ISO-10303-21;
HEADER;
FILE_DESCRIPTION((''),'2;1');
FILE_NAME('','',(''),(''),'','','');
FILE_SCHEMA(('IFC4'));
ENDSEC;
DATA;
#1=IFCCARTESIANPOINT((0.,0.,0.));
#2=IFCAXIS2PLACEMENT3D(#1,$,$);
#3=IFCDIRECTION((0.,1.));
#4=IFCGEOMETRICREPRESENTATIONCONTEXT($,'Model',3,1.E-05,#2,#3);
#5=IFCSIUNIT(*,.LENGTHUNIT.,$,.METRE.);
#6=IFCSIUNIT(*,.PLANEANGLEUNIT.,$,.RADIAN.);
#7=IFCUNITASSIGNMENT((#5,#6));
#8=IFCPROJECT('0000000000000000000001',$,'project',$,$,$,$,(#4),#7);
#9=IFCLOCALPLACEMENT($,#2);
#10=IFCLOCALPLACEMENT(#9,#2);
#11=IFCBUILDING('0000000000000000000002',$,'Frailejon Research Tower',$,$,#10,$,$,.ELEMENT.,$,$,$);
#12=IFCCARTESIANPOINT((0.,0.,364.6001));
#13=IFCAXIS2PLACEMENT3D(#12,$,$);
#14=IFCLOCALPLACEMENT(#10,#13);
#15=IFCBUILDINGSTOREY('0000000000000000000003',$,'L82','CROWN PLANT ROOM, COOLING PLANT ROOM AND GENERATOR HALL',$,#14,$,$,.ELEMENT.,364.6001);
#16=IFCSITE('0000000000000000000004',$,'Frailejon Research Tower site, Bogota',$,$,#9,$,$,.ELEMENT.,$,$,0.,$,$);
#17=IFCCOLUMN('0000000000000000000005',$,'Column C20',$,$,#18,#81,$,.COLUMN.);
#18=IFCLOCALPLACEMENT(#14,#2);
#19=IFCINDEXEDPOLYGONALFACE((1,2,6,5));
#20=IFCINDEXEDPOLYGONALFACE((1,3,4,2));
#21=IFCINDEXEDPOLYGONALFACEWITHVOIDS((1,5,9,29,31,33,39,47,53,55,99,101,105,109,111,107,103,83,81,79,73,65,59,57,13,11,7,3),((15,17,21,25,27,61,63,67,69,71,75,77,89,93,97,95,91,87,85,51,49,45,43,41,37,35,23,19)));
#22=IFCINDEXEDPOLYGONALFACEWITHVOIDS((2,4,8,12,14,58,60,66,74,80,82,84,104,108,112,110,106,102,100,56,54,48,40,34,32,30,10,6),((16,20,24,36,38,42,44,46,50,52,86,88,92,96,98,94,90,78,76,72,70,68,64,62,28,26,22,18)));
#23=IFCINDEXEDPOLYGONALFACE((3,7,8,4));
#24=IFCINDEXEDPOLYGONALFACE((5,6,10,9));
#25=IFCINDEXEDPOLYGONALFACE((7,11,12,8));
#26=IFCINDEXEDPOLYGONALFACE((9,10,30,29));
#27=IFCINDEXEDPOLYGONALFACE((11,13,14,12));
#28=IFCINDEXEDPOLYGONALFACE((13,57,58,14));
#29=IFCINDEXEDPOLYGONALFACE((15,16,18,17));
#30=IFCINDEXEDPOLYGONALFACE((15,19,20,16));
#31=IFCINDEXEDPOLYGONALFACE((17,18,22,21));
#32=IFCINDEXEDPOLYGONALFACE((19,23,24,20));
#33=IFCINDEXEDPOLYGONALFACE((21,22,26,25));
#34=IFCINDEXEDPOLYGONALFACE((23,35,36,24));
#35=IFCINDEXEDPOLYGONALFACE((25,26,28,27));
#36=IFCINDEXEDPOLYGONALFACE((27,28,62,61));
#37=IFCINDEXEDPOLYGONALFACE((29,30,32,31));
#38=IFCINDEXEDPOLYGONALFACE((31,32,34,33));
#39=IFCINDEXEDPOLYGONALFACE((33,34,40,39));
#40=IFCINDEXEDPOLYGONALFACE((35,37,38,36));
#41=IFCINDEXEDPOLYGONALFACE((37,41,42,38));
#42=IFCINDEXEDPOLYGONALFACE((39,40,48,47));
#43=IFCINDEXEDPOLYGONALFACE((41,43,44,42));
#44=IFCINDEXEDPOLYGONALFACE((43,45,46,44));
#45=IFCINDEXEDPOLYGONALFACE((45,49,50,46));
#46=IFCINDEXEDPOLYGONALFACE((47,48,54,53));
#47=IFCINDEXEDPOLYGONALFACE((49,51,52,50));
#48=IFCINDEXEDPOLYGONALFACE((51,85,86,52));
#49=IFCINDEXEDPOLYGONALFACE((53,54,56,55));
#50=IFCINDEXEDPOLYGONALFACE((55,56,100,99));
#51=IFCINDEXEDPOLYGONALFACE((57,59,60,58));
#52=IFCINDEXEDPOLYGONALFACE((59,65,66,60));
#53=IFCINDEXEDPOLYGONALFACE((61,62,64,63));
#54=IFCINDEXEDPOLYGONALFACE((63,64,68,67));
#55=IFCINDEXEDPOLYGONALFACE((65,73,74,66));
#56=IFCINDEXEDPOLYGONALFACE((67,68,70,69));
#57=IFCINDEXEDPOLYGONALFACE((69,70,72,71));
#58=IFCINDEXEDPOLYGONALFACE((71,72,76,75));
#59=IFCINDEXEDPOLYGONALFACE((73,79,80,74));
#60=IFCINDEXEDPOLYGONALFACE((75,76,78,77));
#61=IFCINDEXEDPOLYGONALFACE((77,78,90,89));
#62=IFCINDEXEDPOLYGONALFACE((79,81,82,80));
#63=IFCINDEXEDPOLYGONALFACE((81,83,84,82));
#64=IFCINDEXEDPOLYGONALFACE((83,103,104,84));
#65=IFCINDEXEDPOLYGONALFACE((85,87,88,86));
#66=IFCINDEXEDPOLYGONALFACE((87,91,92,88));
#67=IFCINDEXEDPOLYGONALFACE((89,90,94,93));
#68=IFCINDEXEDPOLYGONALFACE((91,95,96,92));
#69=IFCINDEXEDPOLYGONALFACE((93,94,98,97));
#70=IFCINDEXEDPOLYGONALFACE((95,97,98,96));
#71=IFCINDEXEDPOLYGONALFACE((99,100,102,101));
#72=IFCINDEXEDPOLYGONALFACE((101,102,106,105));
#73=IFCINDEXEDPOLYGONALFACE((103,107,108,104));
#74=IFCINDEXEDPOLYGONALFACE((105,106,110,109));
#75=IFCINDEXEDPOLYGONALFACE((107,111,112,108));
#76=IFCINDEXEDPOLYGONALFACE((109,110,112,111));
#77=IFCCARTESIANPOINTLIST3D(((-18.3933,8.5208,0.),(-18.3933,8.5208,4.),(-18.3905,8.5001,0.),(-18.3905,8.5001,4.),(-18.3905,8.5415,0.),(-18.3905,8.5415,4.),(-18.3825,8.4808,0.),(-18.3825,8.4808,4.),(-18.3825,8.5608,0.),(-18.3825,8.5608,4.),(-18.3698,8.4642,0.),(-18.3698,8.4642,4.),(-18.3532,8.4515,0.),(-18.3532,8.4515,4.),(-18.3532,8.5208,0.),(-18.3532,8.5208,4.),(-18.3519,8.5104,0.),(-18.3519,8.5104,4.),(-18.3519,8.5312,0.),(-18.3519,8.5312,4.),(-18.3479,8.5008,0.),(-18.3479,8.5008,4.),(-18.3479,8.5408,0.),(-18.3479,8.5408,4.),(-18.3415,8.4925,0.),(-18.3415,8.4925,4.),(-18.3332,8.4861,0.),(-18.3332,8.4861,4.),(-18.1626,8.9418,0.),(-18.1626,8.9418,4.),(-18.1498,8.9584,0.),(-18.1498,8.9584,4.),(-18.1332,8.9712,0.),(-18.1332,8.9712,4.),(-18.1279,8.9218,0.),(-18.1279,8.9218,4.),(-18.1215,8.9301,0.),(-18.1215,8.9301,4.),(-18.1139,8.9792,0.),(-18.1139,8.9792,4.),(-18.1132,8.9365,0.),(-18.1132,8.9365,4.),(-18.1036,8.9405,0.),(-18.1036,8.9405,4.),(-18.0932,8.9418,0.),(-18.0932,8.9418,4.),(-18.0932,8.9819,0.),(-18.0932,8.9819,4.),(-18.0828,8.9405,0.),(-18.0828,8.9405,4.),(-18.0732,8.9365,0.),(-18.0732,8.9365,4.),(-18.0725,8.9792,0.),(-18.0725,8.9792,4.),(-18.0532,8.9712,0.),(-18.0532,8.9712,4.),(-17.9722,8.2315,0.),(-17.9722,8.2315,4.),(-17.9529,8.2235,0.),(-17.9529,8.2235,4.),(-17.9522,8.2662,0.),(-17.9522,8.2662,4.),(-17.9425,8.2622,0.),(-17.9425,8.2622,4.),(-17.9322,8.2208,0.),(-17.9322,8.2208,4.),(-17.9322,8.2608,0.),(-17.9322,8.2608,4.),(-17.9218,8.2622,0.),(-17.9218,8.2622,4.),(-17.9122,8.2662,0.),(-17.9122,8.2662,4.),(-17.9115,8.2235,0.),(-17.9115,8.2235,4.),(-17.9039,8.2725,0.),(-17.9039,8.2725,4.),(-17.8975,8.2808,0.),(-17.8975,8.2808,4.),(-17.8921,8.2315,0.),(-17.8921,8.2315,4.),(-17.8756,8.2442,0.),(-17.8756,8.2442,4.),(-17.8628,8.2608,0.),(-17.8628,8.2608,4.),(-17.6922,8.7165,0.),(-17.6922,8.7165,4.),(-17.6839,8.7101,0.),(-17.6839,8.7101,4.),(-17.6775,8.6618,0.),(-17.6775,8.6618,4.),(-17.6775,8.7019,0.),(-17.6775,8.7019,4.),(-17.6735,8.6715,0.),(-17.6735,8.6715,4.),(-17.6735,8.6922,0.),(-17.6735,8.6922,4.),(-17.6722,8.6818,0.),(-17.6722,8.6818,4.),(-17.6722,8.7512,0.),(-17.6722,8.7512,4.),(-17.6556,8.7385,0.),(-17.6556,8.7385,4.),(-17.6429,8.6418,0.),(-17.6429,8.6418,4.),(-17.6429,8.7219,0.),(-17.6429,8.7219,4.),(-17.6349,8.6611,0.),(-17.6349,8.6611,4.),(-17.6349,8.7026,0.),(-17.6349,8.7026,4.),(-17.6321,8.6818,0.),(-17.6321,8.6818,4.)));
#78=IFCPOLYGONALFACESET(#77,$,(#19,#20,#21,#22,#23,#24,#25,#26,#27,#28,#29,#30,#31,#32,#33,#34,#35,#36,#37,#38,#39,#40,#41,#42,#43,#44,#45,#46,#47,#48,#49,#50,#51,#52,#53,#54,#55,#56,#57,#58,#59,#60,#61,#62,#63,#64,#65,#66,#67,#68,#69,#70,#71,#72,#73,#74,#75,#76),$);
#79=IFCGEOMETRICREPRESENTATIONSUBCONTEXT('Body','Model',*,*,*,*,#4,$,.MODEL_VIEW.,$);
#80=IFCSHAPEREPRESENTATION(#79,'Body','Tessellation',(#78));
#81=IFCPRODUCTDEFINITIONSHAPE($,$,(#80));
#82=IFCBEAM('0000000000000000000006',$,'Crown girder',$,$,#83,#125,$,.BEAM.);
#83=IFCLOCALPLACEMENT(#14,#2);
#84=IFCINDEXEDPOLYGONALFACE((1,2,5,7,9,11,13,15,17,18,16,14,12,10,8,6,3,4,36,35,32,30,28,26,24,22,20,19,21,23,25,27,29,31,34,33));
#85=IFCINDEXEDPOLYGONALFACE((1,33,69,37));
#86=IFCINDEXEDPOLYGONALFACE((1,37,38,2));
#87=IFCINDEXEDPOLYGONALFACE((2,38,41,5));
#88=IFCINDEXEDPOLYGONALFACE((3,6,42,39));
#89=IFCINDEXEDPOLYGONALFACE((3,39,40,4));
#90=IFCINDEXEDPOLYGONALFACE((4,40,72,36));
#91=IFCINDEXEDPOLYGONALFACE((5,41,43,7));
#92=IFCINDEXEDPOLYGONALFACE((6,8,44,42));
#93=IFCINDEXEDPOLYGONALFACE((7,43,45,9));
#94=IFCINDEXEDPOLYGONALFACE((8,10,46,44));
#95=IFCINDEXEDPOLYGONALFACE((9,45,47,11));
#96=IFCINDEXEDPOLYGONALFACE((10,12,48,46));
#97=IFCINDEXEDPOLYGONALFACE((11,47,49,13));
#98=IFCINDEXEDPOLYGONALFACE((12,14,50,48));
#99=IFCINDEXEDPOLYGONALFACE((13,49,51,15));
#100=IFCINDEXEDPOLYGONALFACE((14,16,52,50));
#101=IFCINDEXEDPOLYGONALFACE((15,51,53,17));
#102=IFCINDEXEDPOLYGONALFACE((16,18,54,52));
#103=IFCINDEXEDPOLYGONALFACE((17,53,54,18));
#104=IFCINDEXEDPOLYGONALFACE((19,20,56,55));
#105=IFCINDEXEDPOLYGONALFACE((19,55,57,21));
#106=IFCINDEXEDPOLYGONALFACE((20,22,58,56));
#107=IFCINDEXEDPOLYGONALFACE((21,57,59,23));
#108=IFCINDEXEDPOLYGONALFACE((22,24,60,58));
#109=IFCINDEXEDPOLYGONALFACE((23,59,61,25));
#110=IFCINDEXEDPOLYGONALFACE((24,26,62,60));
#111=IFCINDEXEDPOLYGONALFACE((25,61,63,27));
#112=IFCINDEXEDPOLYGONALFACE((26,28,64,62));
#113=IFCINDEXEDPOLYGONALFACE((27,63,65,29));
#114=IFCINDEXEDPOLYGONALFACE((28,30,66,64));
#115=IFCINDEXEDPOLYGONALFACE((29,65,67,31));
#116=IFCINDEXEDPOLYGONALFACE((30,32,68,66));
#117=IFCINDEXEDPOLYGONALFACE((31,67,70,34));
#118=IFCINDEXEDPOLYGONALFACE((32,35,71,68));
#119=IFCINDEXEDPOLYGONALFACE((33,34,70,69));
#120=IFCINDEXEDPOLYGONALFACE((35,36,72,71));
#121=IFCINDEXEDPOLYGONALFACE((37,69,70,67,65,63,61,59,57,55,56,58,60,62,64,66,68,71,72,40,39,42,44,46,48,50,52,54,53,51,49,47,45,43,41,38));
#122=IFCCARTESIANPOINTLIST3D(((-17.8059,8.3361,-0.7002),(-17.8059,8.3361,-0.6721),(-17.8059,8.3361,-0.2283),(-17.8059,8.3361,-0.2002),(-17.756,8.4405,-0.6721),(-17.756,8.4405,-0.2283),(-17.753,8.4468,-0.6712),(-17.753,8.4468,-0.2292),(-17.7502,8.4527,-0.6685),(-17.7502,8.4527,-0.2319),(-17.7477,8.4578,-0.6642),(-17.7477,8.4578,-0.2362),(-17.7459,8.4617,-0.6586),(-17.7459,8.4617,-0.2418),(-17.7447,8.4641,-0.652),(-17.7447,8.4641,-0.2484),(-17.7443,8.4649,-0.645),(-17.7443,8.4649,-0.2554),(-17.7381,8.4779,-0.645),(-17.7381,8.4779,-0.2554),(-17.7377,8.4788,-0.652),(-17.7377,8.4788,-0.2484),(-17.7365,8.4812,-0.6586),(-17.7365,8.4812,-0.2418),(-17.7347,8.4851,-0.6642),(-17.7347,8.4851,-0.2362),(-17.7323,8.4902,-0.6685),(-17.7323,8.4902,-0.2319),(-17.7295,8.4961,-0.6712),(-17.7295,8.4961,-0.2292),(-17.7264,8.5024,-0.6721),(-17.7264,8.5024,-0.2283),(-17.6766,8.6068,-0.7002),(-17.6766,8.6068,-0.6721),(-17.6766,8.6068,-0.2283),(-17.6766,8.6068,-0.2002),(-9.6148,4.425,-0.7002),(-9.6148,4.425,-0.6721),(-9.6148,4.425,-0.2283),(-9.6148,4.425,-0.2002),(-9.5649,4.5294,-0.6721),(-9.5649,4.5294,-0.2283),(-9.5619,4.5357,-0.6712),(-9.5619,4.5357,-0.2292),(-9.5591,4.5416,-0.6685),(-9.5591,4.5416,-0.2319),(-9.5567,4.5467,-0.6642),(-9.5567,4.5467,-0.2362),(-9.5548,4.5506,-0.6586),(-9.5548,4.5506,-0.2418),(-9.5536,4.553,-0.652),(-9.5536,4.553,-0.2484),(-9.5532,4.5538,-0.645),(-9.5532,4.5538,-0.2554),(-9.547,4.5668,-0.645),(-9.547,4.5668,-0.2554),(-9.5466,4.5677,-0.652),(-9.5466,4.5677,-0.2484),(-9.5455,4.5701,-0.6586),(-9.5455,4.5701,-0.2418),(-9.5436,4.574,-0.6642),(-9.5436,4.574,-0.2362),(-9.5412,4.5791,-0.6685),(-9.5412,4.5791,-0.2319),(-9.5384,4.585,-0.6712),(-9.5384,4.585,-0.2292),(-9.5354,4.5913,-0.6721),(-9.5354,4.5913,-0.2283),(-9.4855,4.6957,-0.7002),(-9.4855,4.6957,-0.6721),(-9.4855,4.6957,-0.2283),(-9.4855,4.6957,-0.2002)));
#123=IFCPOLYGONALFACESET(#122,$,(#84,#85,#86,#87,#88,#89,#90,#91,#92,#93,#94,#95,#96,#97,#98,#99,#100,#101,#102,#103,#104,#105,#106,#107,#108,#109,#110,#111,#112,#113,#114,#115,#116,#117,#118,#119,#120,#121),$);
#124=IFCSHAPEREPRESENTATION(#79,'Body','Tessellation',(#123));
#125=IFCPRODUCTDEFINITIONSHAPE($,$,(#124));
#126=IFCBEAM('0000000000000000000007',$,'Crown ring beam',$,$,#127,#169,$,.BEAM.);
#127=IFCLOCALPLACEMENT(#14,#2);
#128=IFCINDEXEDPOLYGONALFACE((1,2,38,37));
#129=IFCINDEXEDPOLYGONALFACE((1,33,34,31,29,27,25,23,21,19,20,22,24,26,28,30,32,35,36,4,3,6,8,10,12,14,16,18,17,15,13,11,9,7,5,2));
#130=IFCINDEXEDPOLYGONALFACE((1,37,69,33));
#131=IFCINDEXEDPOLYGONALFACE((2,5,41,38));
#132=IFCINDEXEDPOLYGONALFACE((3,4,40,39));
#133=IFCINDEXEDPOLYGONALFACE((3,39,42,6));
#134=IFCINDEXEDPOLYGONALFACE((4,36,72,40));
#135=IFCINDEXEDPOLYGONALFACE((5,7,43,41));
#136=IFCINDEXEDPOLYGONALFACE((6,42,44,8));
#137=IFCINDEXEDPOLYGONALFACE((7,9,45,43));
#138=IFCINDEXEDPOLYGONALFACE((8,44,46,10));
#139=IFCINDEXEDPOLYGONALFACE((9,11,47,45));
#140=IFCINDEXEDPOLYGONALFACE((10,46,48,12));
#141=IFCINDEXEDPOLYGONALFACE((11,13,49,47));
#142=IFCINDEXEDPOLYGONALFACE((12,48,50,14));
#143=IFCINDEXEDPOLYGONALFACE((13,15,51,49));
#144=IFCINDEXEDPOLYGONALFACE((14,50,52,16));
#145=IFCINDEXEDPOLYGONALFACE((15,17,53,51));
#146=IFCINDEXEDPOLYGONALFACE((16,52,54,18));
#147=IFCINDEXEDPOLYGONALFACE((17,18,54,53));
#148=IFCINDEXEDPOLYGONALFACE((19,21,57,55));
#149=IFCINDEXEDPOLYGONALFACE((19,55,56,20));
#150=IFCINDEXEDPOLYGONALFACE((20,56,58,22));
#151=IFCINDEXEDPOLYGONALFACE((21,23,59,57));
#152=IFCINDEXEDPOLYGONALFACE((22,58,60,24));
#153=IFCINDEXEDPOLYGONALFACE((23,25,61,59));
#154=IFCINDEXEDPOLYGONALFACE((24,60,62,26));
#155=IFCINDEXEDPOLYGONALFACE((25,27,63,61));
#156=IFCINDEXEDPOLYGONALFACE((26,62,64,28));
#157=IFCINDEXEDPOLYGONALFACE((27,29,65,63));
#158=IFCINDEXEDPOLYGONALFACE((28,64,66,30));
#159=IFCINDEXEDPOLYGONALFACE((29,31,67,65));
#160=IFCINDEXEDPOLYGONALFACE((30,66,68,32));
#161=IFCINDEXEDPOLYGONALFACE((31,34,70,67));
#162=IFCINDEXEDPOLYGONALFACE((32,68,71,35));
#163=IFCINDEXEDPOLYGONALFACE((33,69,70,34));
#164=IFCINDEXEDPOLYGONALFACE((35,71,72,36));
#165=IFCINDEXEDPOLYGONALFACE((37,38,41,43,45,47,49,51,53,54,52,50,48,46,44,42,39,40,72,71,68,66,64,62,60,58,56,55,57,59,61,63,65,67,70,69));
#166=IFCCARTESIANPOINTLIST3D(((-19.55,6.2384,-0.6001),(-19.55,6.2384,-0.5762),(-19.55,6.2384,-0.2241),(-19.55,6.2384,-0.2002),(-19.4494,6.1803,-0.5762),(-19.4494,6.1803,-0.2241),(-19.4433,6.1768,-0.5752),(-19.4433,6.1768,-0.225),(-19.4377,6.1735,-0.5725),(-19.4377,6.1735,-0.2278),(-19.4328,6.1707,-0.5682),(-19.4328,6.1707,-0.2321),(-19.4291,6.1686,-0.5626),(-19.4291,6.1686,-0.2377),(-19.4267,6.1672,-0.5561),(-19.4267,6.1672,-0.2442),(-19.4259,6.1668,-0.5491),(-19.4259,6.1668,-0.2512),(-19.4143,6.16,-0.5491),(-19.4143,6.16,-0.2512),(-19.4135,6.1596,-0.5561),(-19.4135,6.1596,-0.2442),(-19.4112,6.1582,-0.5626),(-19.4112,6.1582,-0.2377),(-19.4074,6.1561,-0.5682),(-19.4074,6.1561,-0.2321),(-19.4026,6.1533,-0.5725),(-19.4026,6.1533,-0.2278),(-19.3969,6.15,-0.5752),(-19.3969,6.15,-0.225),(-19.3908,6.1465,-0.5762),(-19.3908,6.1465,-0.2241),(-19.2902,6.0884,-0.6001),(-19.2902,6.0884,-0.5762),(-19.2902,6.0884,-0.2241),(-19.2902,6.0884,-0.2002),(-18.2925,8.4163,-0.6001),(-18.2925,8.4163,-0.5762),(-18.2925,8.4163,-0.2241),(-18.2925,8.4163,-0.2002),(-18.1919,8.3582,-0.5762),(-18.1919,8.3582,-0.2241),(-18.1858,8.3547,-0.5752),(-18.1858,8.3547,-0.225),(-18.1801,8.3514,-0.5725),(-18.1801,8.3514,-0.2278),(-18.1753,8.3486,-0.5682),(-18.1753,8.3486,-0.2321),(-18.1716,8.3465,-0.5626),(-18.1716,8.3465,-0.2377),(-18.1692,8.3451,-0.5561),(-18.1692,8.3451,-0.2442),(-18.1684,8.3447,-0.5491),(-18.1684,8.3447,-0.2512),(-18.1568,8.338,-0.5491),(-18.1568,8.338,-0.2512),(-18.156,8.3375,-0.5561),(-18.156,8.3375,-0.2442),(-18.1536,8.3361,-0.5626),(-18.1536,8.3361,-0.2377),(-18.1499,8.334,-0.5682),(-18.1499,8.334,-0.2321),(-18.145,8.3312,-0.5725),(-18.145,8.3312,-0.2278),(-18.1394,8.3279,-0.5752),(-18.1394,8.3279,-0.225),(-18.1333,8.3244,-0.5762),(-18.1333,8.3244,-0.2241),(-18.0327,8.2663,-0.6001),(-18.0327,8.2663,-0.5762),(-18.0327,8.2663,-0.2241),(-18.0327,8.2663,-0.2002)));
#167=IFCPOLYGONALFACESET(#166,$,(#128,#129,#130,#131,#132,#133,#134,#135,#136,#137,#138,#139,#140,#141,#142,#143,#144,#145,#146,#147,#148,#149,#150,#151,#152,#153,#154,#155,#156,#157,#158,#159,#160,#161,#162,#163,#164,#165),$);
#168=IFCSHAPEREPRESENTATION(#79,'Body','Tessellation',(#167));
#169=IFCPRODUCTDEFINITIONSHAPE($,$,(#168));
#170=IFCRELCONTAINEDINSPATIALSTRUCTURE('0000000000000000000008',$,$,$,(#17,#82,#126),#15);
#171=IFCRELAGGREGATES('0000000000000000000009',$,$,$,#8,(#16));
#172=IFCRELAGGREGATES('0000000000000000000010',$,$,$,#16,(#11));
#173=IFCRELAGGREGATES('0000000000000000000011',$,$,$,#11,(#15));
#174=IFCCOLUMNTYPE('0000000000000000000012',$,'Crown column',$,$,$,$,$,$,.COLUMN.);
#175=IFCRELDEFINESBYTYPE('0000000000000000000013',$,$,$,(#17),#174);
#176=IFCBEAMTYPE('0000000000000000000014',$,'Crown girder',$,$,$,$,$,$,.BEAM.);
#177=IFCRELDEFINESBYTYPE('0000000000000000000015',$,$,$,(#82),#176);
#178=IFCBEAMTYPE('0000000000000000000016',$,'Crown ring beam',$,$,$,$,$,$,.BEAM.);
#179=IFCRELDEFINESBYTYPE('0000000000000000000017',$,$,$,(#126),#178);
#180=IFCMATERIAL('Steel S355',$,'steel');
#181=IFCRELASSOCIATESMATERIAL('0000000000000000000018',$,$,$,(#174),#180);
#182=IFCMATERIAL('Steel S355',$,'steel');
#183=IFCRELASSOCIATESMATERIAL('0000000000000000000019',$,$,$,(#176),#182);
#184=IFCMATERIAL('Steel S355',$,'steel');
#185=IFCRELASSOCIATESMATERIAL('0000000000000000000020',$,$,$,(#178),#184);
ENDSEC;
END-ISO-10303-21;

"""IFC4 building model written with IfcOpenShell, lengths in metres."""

from ifc_helpers import new_model, si_unit, direction, frame, origin, origin_2d, place, context, subcontext, project, spatial, hollow_rectangle, i_section, extrude, material, material_profile, profile_set, type_object, element, save


model = new_model("IFC4")

# Units and contexts
model_context = context("Model", 3, precision=1e-05, world=origin(), true_north=direction((0.0, 1.0)))
body_context = subcontext(model_context, "Body", "Model", "MODEL_VIEW")
ifc_project = project(units=[si_unit("LENGTHUNIT", "METRE"), si_unit("PLANEANGLEUNIT", "RADIAN")], contexts=[model_context])

# Site, building, storey
site_placement = place(None, origin())
site = spatial("IfcSite", under=ifc_project, at=site_placement, Name="Frailejon Research Tower site, Bogota", CompositionType="ELEMENT", RefElevation=0.0)
building_placement = place(site_placement, origin())
building = spatial("IfcBuilding", under=site, at=building_placement, Name="Frailejon Research Tower", CompositionType="ELEMENT")
storey_placement = place(building_placement, frame((0.0, 0.0, 364.6001)))
storey = spatial("IfcBuildingStorey", under=building, at=storey_placement, Name="L82", Description="CROWN PLANT ROOM, COOLING PLANT ROOM AND GENERATOR HALL", CompositionType="ELEMENT", Elevation=364.6001)

# Column
ifc_material_1 = material(Name="Steel S355", Category="steel")
ifc_material_profile_1 = material_profile(ifc_material_1, hollow_rectangle(XDim=0.6001, YDim=0.6001, WallThickness=0.04, InnerFilletRadius=0.04, OuterFilletRadius=0.0801, at=origin_2d()), Name="Crown column")
ifc_profile_set_1 = profile_set([ifc_material_profile_1], Name="Steel S355")
column_type = type_object("IfcColumnType", Name="Crown column", PredefinedType="COLUMN", material=ifc_profile_set_1)
column_placement = place(storey_placement, frame((-18.0127, 8.6013, 0.0), z_axis=(0.0, 0.0, 1.0), x_axis=(-0.5, -0.866025, 0.0)))
element("IfcColumn", 1, at=column_placement, inside=storey, type_object=column_type, Name="Column C20", PredefinedType="COLUMN", context=body_context, shape_type="SweptSolid", body=[
    extrude(hollow_rectangle(XDim=0.6001, YDim=0.6001, WallThickness=0.04, InnerFilletRadius=0.04, OuterFilletRadius=0.0801, at=origin_2d()), origin(), (0.0, 0.0, 1.0), 4.0),
])

# Beams
ifc_material_2 = material(Name="Steel S355", Category="steel")
ifc_material_profile_2 = material_profile(ifc_material_2, i_section(OverallWidth=0.3, OverallDepth=0.5, WebThickness=0.0144, FlangeThickness=0.0281, FilletRadius=0.0271, at=origin_2d()), Name="HE 500 B")
ifc_profile_set_2 = profile_set([ifc_material_profile_2], Name="Steel S355")
beam_type_1 = type_object("IfcBeamType", Name="Crown girder", PredefinedType="BEAM", material=ifc_profile_set_2)
beam_1_placement = place(storey_placement, frame((-17.7412, 8.4714, -0.4502), z_axis=(0.902408, -0.430883, 0.0), x_axis=(0.430883, 0.902408, 0.0)))
element("IfcBeam", 2, at=beam_1_placement, inside=storey, type_object=beam_type_1, Name="Crown girder", PredefinedType="BEAM", context=body_context, shape_type="SweptSolid", body=[
    extrude(i_section(OverallWidth=0.3, OverallDepth=0.5, WebThickness=0.0144, FlangeThickness=0.0281, FilletRadius=0.0271, at=origin_2d()), origin(), (0.0, 0.0, 1.0), 9.0769),
])
ifc_material_3 = material(Name="Steel S355", Category="steel")
ifc_material_profile_3 = material_profile(ifc_material_3, i_section(OverallWidth=0.3, OverallDepth=0.3999, WebThickness=0.0134, FlangeThickness=0.0239, FilletRadius=0.0271, at=origin_2d()), Name="HE 400 B")
ifc_profile_set_3 = profile_set([ifc_material_profile_3], Name="Steel S355")
beam_type_2 = type_object("IfcBeamType", Name="Crown ring beam", PredefinedType="BEAM", material=ifc_profile_set_3)
beam_2_placement = place(storey_placement, frame((-18.1626, 8.3413, -0.4001), z_axis=(-0.500033, -0.866006, 0.0), x_axis=(0.866006, -0.500033, 0.0)))
element("IfcBeam", 3, at=beam_2_placement, inside=storey, type_object=beam_type_2, Name="Crown ring beam", PredefinedType="BEAM", context=body_context, shape_type="SweptSolid", body=[
    extrude(i_section(OverallWidth=0.3, OverallDepth=0.3999, WebThickness=0.0134, FlangeThickness=0.0239, FilletRadius=0.0271, at=origin_2d()), origin(), (0.0, 0.0, 1.0), 2.5149),
])

save(model, "model.ifc")
